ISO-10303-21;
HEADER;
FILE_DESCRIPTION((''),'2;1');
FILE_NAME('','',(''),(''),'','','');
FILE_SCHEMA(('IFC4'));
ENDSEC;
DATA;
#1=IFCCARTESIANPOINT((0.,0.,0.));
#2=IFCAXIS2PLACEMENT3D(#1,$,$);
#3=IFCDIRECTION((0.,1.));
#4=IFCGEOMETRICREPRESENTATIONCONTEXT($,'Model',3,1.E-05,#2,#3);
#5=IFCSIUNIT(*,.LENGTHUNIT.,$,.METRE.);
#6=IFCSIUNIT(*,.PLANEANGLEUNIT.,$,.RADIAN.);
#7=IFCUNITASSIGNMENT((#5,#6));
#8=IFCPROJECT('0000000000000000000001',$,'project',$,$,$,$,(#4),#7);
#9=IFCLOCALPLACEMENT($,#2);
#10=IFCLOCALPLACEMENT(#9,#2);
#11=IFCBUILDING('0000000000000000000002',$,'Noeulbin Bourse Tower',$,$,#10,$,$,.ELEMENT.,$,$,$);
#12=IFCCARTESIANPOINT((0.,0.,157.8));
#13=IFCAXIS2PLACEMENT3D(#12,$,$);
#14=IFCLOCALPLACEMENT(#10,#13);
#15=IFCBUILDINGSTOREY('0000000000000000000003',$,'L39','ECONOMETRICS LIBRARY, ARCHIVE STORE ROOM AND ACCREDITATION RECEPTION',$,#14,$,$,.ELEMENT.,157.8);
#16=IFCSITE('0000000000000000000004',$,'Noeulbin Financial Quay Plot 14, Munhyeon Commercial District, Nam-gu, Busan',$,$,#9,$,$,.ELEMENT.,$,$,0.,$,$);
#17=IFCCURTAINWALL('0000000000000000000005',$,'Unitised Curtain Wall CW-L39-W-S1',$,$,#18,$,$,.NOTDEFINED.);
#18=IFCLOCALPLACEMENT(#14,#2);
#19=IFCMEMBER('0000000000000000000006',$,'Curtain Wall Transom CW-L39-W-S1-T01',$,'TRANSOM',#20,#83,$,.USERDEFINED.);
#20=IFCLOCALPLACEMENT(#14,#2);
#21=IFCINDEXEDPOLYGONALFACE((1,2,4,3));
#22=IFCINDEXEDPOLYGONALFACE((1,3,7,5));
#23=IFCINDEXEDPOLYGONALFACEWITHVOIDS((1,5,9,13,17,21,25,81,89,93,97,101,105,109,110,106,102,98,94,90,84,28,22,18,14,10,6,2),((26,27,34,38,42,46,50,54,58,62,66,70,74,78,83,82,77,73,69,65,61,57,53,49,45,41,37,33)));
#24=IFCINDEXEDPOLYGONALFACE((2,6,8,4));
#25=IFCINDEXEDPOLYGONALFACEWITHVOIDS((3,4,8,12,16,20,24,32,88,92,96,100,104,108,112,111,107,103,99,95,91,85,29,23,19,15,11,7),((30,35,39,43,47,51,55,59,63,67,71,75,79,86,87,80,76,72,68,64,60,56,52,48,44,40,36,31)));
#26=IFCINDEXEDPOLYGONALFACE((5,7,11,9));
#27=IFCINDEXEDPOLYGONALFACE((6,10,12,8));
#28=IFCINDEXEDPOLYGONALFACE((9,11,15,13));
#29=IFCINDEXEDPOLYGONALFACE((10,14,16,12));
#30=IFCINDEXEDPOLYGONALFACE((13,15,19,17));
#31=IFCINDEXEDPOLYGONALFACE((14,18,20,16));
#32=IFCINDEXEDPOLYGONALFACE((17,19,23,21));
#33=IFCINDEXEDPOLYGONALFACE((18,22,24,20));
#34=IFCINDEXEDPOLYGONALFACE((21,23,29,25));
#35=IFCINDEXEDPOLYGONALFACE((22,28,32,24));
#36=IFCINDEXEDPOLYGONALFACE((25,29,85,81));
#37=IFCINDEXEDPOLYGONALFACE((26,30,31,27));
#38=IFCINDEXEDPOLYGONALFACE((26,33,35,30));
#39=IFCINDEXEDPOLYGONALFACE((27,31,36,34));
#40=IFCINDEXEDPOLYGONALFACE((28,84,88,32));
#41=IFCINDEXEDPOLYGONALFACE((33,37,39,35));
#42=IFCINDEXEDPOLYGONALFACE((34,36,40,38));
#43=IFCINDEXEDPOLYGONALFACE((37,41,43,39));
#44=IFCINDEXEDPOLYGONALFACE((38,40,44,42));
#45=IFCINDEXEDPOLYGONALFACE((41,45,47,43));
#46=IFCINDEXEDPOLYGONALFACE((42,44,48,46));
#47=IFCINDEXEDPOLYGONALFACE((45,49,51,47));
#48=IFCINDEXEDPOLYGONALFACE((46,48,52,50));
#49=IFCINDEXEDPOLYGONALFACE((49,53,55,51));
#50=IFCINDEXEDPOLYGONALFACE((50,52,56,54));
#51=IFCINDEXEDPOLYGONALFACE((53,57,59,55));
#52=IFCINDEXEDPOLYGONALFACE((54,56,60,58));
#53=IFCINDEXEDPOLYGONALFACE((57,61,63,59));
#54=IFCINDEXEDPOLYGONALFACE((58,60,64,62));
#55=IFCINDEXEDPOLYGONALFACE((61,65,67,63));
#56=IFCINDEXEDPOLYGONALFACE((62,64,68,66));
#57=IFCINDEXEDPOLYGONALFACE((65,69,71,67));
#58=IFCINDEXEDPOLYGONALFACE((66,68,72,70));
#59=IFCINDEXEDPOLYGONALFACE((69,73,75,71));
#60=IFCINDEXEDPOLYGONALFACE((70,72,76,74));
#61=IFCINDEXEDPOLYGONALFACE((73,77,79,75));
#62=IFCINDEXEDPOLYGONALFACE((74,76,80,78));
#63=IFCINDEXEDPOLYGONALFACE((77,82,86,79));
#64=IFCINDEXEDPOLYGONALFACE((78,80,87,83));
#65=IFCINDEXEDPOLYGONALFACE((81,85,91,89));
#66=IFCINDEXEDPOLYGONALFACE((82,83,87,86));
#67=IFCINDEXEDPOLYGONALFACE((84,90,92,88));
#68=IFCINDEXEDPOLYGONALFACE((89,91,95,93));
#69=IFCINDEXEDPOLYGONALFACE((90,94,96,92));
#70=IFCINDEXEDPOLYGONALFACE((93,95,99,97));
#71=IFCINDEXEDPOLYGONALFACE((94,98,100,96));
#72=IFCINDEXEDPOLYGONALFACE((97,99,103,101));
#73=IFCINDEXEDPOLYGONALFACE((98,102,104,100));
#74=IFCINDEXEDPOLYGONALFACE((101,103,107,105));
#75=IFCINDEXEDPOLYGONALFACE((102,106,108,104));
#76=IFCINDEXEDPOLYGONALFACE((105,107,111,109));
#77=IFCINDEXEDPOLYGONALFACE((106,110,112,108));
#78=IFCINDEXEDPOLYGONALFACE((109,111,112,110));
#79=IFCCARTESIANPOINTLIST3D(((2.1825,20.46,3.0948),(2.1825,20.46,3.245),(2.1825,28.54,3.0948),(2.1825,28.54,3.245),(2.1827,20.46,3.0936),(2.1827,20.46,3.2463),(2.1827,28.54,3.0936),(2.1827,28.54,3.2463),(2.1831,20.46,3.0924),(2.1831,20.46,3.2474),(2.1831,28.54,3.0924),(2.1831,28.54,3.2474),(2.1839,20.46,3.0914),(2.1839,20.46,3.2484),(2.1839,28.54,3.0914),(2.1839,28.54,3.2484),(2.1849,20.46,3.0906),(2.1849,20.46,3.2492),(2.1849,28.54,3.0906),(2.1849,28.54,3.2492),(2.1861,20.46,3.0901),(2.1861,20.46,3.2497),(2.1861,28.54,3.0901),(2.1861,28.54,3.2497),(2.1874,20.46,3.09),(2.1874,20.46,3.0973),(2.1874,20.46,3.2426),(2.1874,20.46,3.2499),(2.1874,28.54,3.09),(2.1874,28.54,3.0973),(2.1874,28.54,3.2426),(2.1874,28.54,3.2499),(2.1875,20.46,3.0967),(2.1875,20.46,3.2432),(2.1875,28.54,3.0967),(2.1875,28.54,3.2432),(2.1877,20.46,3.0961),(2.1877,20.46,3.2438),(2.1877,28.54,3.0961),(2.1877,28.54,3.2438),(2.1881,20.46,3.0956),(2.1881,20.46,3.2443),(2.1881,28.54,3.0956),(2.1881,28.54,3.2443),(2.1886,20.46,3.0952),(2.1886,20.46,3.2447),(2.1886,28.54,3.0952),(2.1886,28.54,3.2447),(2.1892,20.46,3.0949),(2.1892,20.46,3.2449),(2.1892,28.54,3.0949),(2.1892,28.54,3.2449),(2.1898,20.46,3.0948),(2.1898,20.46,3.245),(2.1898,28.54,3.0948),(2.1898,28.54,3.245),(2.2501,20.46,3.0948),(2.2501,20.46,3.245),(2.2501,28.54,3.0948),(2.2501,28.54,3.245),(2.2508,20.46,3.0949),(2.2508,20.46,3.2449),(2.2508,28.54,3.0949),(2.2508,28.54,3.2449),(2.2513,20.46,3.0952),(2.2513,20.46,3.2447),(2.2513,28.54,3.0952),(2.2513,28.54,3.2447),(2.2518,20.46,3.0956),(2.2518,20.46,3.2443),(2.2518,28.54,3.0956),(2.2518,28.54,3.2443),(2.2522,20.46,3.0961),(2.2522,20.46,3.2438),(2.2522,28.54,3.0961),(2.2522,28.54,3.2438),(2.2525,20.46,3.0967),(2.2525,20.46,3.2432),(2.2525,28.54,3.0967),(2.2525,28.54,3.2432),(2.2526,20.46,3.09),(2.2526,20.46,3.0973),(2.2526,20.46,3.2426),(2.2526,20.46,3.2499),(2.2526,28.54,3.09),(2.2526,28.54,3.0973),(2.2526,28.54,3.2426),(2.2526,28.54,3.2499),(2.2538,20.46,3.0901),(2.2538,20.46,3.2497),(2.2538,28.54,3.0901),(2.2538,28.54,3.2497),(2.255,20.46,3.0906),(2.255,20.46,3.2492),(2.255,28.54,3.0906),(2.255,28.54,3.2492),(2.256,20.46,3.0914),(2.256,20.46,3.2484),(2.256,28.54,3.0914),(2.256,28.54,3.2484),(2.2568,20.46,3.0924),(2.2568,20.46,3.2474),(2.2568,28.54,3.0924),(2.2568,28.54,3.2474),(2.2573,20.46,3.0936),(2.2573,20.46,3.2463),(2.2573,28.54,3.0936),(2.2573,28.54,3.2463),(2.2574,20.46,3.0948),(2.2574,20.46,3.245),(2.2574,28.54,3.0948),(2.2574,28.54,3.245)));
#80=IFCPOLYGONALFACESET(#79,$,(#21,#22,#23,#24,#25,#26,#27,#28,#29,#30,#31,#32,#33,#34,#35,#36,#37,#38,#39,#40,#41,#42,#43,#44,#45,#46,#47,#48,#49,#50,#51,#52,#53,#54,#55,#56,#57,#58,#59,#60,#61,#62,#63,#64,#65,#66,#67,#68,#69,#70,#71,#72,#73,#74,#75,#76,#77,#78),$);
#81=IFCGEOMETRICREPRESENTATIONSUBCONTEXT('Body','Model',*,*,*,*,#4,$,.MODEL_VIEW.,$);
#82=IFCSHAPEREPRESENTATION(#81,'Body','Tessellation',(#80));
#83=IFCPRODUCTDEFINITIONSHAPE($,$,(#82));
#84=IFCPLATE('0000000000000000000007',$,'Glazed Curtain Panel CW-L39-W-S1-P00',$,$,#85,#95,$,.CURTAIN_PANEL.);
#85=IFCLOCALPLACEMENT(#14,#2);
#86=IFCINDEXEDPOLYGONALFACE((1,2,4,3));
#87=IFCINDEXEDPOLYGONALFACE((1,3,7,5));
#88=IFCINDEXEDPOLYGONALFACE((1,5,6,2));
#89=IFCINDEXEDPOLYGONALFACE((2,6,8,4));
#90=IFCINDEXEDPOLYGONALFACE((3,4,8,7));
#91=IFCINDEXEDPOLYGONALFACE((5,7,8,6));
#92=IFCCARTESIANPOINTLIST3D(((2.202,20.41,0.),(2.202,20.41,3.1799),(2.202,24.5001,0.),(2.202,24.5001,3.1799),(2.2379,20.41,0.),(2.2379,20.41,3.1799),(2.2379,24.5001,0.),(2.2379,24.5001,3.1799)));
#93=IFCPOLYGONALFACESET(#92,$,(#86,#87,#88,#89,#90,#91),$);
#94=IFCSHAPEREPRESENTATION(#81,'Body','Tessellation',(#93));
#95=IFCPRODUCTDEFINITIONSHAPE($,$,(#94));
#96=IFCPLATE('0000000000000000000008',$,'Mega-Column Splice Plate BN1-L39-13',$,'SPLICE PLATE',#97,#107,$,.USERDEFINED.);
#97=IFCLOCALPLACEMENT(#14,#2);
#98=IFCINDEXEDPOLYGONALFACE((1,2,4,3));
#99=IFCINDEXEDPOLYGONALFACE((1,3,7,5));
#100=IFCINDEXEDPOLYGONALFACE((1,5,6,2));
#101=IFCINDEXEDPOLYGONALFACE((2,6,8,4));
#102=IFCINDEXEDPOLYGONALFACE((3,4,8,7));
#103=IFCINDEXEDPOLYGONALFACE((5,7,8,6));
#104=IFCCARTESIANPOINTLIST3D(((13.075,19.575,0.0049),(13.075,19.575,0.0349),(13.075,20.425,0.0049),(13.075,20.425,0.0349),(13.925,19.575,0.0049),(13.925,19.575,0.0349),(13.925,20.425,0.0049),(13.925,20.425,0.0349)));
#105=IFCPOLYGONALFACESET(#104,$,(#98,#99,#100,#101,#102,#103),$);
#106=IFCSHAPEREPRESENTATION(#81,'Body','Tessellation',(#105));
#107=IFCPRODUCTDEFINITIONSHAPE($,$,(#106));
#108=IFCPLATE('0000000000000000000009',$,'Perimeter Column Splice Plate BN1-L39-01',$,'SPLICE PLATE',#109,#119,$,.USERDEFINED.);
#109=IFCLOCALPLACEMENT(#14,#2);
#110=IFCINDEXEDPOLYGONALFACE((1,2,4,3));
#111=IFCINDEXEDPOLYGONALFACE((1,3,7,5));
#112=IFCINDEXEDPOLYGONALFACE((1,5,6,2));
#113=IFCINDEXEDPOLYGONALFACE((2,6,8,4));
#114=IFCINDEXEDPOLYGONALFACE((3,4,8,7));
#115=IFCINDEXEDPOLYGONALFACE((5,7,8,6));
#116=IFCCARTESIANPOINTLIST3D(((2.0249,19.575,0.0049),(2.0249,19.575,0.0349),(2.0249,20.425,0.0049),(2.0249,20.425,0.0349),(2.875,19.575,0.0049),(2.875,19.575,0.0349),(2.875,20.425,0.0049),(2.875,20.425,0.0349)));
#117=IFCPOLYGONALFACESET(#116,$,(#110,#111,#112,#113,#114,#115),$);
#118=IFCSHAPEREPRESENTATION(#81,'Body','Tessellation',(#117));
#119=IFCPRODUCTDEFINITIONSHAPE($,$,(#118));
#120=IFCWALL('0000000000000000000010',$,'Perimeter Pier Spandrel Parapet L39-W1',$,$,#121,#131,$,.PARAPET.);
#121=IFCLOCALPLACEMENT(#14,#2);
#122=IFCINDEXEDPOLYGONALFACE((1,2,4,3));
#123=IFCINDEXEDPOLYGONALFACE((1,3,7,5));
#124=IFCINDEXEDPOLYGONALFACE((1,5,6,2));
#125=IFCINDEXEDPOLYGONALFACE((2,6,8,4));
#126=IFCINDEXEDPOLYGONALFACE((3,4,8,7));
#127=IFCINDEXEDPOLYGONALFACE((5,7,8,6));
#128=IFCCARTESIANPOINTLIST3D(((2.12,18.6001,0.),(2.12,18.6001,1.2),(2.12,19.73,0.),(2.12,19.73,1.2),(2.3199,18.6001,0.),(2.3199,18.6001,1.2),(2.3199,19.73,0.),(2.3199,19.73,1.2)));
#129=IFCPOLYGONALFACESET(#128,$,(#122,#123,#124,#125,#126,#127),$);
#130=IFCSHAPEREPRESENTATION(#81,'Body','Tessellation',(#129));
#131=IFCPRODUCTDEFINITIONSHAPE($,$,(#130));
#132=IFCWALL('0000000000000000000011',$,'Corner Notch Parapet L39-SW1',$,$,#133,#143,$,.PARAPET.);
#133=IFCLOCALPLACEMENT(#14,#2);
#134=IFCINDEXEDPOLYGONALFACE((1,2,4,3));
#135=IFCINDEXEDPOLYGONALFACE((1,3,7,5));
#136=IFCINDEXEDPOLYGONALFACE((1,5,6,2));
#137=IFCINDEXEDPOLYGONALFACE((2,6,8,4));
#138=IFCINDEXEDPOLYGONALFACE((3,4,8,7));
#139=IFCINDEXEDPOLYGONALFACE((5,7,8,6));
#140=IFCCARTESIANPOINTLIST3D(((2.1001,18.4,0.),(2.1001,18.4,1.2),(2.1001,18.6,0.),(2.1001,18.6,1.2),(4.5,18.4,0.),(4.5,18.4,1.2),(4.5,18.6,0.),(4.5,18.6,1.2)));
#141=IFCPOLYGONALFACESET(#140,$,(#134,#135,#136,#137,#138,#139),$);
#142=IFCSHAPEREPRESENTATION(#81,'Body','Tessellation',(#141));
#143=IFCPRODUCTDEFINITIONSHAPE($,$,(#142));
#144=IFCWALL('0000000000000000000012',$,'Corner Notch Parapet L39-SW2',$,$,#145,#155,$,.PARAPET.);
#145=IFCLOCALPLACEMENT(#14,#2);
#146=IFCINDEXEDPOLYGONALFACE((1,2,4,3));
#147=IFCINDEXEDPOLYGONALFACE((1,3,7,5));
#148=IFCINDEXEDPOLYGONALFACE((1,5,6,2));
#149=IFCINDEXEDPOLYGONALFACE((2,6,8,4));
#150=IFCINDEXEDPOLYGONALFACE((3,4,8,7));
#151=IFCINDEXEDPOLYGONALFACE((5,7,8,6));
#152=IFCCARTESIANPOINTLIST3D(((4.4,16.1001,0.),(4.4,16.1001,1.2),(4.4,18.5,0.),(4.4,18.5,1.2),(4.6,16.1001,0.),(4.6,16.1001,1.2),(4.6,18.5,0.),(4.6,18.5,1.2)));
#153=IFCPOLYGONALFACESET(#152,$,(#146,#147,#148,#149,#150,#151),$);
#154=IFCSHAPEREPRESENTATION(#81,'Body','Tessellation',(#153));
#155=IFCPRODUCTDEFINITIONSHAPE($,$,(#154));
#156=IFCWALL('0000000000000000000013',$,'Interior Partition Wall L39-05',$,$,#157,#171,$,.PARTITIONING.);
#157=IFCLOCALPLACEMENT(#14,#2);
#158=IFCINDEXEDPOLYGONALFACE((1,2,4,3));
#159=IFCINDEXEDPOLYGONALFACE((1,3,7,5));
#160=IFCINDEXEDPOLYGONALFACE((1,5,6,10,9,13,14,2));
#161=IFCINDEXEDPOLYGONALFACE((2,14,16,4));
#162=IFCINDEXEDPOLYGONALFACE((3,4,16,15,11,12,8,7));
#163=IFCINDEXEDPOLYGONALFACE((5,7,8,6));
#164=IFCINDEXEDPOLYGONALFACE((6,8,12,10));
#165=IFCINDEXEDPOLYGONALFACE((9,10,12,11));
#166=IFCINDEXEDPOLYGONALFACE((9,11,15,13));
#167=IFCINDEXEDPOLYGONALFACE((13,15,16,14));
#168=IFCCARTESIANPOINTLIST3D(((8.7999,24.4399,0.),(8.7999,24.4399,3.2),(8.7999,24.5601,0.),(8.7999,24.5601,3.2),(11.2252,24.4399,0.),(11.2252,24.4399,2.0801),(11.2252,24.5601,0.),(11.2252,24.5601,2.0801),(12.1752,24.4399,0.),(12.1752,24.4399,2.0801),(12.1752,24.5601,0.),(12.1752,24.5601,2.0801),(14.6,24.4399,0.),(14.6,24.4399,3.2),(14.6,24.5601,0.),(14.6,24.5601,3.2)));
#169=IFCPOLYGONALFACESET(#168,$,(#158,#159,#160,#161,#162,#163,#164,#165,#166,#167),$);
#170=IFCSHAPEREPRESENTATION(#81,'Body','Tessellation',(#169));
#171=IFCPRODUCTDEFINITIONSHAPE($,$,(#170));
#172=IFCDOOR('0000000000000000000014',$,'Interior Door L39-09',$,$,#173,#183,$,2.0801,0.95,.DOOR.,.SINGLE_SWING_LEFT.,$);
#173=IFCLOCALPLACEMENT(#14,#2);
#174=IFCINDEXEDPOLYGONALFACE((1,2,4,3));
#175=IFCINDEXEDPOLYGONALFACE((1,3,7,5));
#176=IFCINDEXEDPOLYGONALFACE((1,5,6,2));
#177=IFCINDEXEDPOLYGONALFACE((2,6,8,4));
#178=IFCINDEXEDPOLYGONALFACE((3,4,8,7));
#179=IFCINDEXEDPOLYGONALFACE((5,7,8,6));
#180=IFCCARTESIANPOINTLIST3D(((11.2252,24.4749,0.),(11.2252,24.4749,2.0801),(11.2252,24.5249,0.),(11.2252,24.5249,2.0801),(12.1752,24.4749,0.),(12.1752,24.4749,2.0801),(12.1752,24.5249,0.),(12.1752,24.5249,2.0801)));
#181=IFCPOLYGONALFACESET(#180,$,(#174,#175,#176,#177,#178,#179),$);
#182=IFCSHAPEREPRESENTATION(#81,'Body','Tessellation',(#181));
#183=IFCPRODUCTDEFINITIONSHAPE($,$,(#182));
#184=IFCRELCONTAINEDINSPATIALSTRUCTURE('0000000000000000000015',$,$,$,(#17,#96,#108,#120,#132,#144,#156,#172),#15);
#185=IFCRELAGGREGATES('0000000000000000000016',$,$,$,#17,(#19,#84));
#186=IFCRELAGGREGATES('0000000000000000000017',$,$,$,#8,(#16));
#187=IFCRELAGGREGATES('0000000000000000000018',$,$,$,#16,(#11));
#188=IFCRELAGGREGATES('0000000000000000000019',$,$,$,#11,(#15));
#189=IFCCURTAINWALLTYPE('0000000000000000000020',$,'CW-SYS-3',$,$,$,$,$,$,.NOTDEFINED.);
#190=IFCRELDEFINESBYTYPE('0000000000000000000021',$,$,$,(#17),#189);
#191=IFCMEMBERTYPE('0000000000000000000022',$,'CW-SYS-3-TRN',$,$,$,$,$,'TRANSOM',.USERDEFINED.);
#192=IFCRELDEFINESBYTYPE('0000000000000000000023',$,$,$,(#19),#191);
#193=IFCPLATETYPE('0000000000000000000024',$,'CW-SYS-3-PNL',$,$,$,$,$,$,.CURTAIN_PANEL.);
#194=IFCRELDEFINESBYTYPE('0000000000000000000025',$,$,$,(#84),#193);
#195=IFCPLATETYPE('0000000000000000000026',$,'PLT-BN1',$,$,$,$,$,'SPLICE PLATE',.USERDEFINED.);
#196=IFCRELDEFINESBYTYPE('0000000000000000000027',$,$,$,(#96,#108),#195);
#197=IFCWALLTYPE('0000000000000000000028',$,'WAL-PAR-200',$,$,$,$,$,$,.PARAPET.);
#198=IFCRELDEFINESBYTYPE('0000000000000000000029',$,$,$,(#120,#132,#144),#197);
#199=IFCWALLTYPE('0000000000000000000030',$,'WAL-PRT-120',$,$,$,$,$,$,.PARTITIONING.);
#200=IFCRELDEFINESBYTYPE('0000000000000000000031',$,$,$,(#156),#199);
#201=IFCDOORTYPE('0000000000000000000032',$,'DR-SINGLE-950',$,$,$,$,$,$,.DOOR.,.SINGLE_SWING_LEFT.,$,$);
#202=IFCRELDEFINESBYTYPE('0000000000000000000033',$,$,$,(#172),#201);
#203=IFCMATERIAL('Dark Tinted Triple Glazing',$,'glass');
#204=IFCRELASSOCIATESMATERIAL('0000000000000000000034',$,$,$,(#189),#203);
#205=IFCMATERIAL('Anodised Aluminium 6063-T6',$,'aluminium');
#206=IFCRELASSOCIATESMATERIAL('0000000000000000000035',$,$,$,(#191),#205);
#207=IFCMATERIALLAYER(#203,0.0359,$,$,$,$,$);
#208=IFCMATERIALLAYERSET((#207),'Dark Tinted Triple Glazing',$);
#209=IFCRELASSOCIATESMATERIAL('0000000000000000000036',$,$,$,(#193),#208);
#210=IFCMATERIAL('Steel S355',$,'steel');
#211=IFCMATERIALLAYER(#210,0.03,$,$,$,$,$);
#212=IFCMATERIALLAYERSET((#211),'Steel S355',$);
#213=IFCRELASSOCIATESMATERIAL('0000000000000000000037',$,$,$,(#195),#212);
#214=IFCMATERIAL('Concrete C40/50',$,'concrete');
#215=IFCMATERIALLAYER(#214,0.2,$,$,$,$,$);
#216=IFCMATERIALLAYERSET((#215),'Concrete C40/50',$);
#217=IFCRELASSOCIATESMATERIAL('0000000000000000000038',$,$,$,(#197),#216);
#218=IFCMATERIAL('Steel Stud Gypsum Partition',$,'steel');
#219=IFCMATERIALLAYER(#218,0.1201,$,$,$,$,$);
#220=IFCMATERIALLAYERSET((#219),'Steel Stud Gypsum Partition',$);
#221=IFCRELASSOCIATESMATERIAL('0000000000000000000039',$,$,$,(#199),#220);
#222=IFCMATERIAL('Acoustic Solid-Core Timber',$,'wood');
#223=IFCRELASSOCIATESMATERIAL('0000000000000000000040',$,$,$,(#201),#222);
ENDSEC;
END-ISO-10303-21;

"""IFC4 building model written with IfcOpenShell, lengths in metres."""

from ifc_helpers import new_model, si_unit, direction, frame, frame_2d, origin, origin_2d, place, context, subcontext, project, spatial, rectangle, hollow_rectangle, extrude, material, layer, layer_set, material_profile, profile_set, type_object, element, fill, aggregate, save


model = new_model("IFC4")

# Units and contexts
model_context = context("Model", 3, precision=1e-05, world=origin(), true_north=direction((0.0, 1.0)))
body_context = subcontext(model_context, "Body", "Model", "MODEL_VIEW")
ifc_project = project(units=[si_unit("LENGTHUNIT", "METRE"), si_unit("PLANEANGLEUNIT", "RADIAN")], contexts=[model_context])

# Site, building, storey
site_placement = place(None, origin())
site = spatial("IfcSite", under=ifc_project, at=site_placement, Name="Noeulbin Financial Quay Plot 14, Munhyeon Commercial District, Nam-gu, Busan", CompositionType="ELEMENT", RefElevation=0.0)
building_placement = place(site_placement, origin())
building = spatial("IfcBuilding", under=site, at=building_placement, Name="Noeulbin Bourse Tower", CompositionType="ELEMENT")
storey_placement = place(building_placement, frame((0.0, 0.0, 157.8)))
storey = spatial("IfcBuildingStorey", under=building, at=storey_placement, Name="L39", Description="ECONOMETRICS LIBRARY, ARCHIVE STORE ROOM AND ACCREDITATION RECEPTION", CompositionType="ELEMENT", Elevation=157.8)

# Shared definitions
ifc_material_1 = material(Name="Steel S355", Category="steel")

# Curtain wall, member, plate
ifc_material_2 = material(Name="Dark Tinted Triple Glazing", Category="glass")
curtain_wall_type = type_object("IfcCurtainWallType", Name="CW-SYS-3", PredefinedType="NOTDEFINED", material=ifc_material_2)
curtain_wall_placement = place(storey_placement, origin())
curtain_wall = element("IfcCurtainWall", 1, at=curtain_wall_placement, inside=storey, type_object=curtain_wall_type, Name="Unitised Curtain Wall CW-L39-W-S1", PredefinedType="NOTDEFINED")
ifc_material_3 = material(Name="Anodised Aluminium 6063-T6", Category="aluminium")
ifc_material_profile_1 = material_profile(ifc_material_3, hollow_rectangle(XDim=0.075, YDim=0.1599, WallThickness=0.0049, InnerFilletRadius=0.0024, OuterFilletRadius=0.0049, at=origin_2d()), Name="ALU-TRAN-75x160x5", Category="LoadBearing")
ifc_profile_set_1 = profile_set([ifc_material_profile_1], Name="Anodised Aluminium 6063-T6")
member_type_1 = type_object("IfcMemberType", Name="CW-SYS-3-TRN", ElementType="TRANSOM", PredefinedType="USERDEFINED", material=ifc_profile_set_1)
member_1_placement = place(storey_placement, frame((2.22, 20.46, 3.1699), z_axis=(0.0, 1.0, 0.0), x_axis=(-1.0, 0.0, 0.0)))
member_1 = element("IfcMember", 2, at=member_1_placement, type_object=member_type_1, Name="Curtain Wall Transom CW-L39-W-S1-T01", ObjectType="TRANSOM", PredefinedType="USERDEFINED", context=body_context, shape_type="SweptSolid", body=[
    extrude(hollow_rectangle(XDim=0.075, YDim=0.1599, WallThickness=0.0049, InnerFilletRadius=0.0024, OuterFilletRadius=0.0049, at=origin_2d()), origin(), (0.0, 0.0, 1.0), 8.0801),
])
ifc_layer_1 = layer(ifc_material_2, 0.0359)
ifc_layer_set_1 = layer_set([ifc_layer_1], Name="Dark Tinted Triple Glazing")
plate_type_1 = type_object("IfcPlateType", Name="CW-SYS-3-PNL", PredefinedType="CURTAIN_PANEL", material=ifc_layer_set_1)
plate_placement = place(storey_placement, frame((2.22, 22.4551, 0.0), z_axis=(0.0, 0.0, 1.0), x_axis=(0.0, 1.0, 0.0)))
plate = element("IfcPlate", 3, at=plate_placement, type_object=plate_type_1, Name="Glazed Curtain Panel CW-L39-W-S1-P00", PredefinedType="CURTAIN_PANEL", context=body_context, shape_type="SweptSolid", body=[
    extrude(rectangle(XDim=4.0901, YDim=0.0359, at=origin_2d()), origin(), (0.0, 0.0, 1.0), 3.1799),
])
aggregate(curtain_wall, [member_1, plate])

# Plates
ifc_layer_2 = layer(ifc_material_1, 0.03)
ifc_layer_set_2 = layer_set([ifc_layer_2], Name="Steel S355")
plate_type_2 = type_object("IfcPlateType", Name="PLT-BN1", ElementType="SPLICE PLATE", PredefinedType="USERDEFINED", material=ifc_layer_set_2)
for number, where, z_axis, x_axis, name in (
    (4, (13.5, 20.0, 0.0049), (0.0, 0.0, 1.0), (1.0, 0.0, 0.0), "Mega-Column Splice Plate BN1-L39-13"),
    (5, (2.45, 20.0, 0.0049), (0.0, 0.0, 1.0), (1.0, 0.0, 0.0), "Perimeter Column Splice Plate BN1-L39-01"),
):
    element("IfcPlate", number, at=place(storey_placement, frame(where, z_axis=z_axis, x_axis=x_axis)), inside=storey, type_object=plate_type_2, Name=name, ObjectType="SPLICE PLATE", PredefinedType="USERDEFINED", context=body_context, shape_type="SweptSolid", body=[
        extrude(rectangle(XDim=0.8501, YDim=0.8501, at=origin_2d()), origin(), (0.0, 0.0, 1.0), 0.03),
    ])

# Walls
ifc_material_4 = material(Name="Concrete C40/50", Category="concrete")
ifc_layer_3 = layer(ifc_material_4, 0.2)
ifc_layer_set_3 = layer_set([ifc_layer_3], Name="Concrete C40/50")
wall_type_1 = type_object("IfcWallType", Name="WAL-PAR-200", PredefinedType="PARAPET", material=ifc_layer_set_3)
wall_1_placement = place(storey_placement, frame((2.22, 18.6001, 0.0), z_axis=(0.0, 0.0, 1.0), x_axis=(0.0, 1.0, 0.0)))
element("IfcWall", 6, at=wall_1_placement, inside=storey, type_object=wall_type_1, Name="Perimeter Pier Spandrel Parapet L39-W1", PredefinedType="PARAPET", context=body_context, shape_type="SweptSolid", body=[
    extrude(rectangle(XDim=1.1299, YDim=0.2, at=frame_2d((0.5649, 0.0))), origin(), (0.0, 0.0, 1.0), 1.2),
])
for number, where, z_axis, x_axis, name in (
    (7, (2.1001, 18.5, 0.0), (0.0, 0.0, 1.0), (1.0, 0.0, 0.0), "Corner Notch Parapet L39-SW1"),
    (8, (4.5, 18.5, 0.0), (0.0, 0.0, 1.0), (0.0, -1.0, 0.0), "Corner Notch Parapet L39-SW2"),
):
    element("IfcWall", number, at=place(storey_placement, frame(where, z_axis=z_axis, x_axis=x_axis)), inside=storey, type_object=wall_type_1, Name=name, PredefinedType="PARAPET", context=body_context, shape_type="SweptSolid", body=[
        extrude(rectangle(XDim=2.3999, YDim=0.2, at=frame_2d((1.2, 0.0))), origin(), (0.0, 0.0, 1.0), 1.2),
    ])

# Wall, opening, door
ifc_material_5 = material(Name="Steel Stud Gypsum Partition", Category="steel")
ifc_layer_4 = layer(ifc_material_5, 0.1201)
ifc_layer_set_4 = layer_set([ifc_layer_4], Name="Steel Stud Gypsum Partition")
wall_type_2 = type_object("IfcWallType", Name="WAL-PRT-120", PredefinedType="PARTITIONING", material=ifc_layer_set_4)
wall_2_placement = place(storey_placement, frame((8.8, 24.5, 0.0), z_axis=(0.0, 0.0, 1.0), x_axis=(1.0, 0.0, 0.0)))
wall_2 = element("IfcWall", 9, at=wall_2_placement, inside=storey, type_object=wall_type_2, Name="Interior Partition Wall L39-05", PredefinedType="PARTITIONING", context=body_context, shape_type="SweptSolid", body=[
    extrude(rectangle(XDim=5.8, YDim=0.1201, at=frame_2d((2.8999, 0.0))), origin(), (0.0, 0.0, 1.0), 3.2),
])
opening_placement = place(wall_2_placement, frame((2.425, 0.0, 0.0)))
opening = element("IfcOpeningElement", 10, at=opening_placement, cuts=wall_2, PredefinedType="OPENING", context=body_context, shape_type="SweptSolid", body=[
    extrude(rectangle(XDim=0.95, YDim=2.0801, at=frame_2d((0.4751, 1.04))), frame((0.0, 0.0701, 0.0), z_axis=(0.0, -1.0, 0.0), x_axis=(1.0, 0.0, 0.0)), (0.0, 0.0, 1.0), 0.1401),
])
ifc_material_6 = material(Name="Acoustic Solid-Core Timber", Category="wood")
door_type = type_object("IfcDoorType", Name="DR-SINGLE-950", OperationType="SINGLE_SWING_LEFT", PredefinedType="DOOR", material=ifc_material_6)
door_placement = place(opening_placement, origin())
door = element("IfcDoor", 11, at=door_placement, inside=storey, type_object=door_type, Name="Interior Door L39-09", OperationType="SINGLE_SWING_LEFT", OverallHeight=2.0801, OverallWidth=0.95, PredefinedType="DOOR", context=body_context, shape_type="SweptSolid", body=[
    extrude(rectangle(XDim=0.95, YDim=2.0801, at=frame_2d((0.4751, 1.04))), frame((0.0, 0.0249, 0.0), z_axis=(0.0, -1.0, 0.0), x_axis=(1.0, 0.0, 0.0)), (0.0, 0.0, 1.0), 0.05),
])
fill(opening, door)

save(model, "model.ifc")
